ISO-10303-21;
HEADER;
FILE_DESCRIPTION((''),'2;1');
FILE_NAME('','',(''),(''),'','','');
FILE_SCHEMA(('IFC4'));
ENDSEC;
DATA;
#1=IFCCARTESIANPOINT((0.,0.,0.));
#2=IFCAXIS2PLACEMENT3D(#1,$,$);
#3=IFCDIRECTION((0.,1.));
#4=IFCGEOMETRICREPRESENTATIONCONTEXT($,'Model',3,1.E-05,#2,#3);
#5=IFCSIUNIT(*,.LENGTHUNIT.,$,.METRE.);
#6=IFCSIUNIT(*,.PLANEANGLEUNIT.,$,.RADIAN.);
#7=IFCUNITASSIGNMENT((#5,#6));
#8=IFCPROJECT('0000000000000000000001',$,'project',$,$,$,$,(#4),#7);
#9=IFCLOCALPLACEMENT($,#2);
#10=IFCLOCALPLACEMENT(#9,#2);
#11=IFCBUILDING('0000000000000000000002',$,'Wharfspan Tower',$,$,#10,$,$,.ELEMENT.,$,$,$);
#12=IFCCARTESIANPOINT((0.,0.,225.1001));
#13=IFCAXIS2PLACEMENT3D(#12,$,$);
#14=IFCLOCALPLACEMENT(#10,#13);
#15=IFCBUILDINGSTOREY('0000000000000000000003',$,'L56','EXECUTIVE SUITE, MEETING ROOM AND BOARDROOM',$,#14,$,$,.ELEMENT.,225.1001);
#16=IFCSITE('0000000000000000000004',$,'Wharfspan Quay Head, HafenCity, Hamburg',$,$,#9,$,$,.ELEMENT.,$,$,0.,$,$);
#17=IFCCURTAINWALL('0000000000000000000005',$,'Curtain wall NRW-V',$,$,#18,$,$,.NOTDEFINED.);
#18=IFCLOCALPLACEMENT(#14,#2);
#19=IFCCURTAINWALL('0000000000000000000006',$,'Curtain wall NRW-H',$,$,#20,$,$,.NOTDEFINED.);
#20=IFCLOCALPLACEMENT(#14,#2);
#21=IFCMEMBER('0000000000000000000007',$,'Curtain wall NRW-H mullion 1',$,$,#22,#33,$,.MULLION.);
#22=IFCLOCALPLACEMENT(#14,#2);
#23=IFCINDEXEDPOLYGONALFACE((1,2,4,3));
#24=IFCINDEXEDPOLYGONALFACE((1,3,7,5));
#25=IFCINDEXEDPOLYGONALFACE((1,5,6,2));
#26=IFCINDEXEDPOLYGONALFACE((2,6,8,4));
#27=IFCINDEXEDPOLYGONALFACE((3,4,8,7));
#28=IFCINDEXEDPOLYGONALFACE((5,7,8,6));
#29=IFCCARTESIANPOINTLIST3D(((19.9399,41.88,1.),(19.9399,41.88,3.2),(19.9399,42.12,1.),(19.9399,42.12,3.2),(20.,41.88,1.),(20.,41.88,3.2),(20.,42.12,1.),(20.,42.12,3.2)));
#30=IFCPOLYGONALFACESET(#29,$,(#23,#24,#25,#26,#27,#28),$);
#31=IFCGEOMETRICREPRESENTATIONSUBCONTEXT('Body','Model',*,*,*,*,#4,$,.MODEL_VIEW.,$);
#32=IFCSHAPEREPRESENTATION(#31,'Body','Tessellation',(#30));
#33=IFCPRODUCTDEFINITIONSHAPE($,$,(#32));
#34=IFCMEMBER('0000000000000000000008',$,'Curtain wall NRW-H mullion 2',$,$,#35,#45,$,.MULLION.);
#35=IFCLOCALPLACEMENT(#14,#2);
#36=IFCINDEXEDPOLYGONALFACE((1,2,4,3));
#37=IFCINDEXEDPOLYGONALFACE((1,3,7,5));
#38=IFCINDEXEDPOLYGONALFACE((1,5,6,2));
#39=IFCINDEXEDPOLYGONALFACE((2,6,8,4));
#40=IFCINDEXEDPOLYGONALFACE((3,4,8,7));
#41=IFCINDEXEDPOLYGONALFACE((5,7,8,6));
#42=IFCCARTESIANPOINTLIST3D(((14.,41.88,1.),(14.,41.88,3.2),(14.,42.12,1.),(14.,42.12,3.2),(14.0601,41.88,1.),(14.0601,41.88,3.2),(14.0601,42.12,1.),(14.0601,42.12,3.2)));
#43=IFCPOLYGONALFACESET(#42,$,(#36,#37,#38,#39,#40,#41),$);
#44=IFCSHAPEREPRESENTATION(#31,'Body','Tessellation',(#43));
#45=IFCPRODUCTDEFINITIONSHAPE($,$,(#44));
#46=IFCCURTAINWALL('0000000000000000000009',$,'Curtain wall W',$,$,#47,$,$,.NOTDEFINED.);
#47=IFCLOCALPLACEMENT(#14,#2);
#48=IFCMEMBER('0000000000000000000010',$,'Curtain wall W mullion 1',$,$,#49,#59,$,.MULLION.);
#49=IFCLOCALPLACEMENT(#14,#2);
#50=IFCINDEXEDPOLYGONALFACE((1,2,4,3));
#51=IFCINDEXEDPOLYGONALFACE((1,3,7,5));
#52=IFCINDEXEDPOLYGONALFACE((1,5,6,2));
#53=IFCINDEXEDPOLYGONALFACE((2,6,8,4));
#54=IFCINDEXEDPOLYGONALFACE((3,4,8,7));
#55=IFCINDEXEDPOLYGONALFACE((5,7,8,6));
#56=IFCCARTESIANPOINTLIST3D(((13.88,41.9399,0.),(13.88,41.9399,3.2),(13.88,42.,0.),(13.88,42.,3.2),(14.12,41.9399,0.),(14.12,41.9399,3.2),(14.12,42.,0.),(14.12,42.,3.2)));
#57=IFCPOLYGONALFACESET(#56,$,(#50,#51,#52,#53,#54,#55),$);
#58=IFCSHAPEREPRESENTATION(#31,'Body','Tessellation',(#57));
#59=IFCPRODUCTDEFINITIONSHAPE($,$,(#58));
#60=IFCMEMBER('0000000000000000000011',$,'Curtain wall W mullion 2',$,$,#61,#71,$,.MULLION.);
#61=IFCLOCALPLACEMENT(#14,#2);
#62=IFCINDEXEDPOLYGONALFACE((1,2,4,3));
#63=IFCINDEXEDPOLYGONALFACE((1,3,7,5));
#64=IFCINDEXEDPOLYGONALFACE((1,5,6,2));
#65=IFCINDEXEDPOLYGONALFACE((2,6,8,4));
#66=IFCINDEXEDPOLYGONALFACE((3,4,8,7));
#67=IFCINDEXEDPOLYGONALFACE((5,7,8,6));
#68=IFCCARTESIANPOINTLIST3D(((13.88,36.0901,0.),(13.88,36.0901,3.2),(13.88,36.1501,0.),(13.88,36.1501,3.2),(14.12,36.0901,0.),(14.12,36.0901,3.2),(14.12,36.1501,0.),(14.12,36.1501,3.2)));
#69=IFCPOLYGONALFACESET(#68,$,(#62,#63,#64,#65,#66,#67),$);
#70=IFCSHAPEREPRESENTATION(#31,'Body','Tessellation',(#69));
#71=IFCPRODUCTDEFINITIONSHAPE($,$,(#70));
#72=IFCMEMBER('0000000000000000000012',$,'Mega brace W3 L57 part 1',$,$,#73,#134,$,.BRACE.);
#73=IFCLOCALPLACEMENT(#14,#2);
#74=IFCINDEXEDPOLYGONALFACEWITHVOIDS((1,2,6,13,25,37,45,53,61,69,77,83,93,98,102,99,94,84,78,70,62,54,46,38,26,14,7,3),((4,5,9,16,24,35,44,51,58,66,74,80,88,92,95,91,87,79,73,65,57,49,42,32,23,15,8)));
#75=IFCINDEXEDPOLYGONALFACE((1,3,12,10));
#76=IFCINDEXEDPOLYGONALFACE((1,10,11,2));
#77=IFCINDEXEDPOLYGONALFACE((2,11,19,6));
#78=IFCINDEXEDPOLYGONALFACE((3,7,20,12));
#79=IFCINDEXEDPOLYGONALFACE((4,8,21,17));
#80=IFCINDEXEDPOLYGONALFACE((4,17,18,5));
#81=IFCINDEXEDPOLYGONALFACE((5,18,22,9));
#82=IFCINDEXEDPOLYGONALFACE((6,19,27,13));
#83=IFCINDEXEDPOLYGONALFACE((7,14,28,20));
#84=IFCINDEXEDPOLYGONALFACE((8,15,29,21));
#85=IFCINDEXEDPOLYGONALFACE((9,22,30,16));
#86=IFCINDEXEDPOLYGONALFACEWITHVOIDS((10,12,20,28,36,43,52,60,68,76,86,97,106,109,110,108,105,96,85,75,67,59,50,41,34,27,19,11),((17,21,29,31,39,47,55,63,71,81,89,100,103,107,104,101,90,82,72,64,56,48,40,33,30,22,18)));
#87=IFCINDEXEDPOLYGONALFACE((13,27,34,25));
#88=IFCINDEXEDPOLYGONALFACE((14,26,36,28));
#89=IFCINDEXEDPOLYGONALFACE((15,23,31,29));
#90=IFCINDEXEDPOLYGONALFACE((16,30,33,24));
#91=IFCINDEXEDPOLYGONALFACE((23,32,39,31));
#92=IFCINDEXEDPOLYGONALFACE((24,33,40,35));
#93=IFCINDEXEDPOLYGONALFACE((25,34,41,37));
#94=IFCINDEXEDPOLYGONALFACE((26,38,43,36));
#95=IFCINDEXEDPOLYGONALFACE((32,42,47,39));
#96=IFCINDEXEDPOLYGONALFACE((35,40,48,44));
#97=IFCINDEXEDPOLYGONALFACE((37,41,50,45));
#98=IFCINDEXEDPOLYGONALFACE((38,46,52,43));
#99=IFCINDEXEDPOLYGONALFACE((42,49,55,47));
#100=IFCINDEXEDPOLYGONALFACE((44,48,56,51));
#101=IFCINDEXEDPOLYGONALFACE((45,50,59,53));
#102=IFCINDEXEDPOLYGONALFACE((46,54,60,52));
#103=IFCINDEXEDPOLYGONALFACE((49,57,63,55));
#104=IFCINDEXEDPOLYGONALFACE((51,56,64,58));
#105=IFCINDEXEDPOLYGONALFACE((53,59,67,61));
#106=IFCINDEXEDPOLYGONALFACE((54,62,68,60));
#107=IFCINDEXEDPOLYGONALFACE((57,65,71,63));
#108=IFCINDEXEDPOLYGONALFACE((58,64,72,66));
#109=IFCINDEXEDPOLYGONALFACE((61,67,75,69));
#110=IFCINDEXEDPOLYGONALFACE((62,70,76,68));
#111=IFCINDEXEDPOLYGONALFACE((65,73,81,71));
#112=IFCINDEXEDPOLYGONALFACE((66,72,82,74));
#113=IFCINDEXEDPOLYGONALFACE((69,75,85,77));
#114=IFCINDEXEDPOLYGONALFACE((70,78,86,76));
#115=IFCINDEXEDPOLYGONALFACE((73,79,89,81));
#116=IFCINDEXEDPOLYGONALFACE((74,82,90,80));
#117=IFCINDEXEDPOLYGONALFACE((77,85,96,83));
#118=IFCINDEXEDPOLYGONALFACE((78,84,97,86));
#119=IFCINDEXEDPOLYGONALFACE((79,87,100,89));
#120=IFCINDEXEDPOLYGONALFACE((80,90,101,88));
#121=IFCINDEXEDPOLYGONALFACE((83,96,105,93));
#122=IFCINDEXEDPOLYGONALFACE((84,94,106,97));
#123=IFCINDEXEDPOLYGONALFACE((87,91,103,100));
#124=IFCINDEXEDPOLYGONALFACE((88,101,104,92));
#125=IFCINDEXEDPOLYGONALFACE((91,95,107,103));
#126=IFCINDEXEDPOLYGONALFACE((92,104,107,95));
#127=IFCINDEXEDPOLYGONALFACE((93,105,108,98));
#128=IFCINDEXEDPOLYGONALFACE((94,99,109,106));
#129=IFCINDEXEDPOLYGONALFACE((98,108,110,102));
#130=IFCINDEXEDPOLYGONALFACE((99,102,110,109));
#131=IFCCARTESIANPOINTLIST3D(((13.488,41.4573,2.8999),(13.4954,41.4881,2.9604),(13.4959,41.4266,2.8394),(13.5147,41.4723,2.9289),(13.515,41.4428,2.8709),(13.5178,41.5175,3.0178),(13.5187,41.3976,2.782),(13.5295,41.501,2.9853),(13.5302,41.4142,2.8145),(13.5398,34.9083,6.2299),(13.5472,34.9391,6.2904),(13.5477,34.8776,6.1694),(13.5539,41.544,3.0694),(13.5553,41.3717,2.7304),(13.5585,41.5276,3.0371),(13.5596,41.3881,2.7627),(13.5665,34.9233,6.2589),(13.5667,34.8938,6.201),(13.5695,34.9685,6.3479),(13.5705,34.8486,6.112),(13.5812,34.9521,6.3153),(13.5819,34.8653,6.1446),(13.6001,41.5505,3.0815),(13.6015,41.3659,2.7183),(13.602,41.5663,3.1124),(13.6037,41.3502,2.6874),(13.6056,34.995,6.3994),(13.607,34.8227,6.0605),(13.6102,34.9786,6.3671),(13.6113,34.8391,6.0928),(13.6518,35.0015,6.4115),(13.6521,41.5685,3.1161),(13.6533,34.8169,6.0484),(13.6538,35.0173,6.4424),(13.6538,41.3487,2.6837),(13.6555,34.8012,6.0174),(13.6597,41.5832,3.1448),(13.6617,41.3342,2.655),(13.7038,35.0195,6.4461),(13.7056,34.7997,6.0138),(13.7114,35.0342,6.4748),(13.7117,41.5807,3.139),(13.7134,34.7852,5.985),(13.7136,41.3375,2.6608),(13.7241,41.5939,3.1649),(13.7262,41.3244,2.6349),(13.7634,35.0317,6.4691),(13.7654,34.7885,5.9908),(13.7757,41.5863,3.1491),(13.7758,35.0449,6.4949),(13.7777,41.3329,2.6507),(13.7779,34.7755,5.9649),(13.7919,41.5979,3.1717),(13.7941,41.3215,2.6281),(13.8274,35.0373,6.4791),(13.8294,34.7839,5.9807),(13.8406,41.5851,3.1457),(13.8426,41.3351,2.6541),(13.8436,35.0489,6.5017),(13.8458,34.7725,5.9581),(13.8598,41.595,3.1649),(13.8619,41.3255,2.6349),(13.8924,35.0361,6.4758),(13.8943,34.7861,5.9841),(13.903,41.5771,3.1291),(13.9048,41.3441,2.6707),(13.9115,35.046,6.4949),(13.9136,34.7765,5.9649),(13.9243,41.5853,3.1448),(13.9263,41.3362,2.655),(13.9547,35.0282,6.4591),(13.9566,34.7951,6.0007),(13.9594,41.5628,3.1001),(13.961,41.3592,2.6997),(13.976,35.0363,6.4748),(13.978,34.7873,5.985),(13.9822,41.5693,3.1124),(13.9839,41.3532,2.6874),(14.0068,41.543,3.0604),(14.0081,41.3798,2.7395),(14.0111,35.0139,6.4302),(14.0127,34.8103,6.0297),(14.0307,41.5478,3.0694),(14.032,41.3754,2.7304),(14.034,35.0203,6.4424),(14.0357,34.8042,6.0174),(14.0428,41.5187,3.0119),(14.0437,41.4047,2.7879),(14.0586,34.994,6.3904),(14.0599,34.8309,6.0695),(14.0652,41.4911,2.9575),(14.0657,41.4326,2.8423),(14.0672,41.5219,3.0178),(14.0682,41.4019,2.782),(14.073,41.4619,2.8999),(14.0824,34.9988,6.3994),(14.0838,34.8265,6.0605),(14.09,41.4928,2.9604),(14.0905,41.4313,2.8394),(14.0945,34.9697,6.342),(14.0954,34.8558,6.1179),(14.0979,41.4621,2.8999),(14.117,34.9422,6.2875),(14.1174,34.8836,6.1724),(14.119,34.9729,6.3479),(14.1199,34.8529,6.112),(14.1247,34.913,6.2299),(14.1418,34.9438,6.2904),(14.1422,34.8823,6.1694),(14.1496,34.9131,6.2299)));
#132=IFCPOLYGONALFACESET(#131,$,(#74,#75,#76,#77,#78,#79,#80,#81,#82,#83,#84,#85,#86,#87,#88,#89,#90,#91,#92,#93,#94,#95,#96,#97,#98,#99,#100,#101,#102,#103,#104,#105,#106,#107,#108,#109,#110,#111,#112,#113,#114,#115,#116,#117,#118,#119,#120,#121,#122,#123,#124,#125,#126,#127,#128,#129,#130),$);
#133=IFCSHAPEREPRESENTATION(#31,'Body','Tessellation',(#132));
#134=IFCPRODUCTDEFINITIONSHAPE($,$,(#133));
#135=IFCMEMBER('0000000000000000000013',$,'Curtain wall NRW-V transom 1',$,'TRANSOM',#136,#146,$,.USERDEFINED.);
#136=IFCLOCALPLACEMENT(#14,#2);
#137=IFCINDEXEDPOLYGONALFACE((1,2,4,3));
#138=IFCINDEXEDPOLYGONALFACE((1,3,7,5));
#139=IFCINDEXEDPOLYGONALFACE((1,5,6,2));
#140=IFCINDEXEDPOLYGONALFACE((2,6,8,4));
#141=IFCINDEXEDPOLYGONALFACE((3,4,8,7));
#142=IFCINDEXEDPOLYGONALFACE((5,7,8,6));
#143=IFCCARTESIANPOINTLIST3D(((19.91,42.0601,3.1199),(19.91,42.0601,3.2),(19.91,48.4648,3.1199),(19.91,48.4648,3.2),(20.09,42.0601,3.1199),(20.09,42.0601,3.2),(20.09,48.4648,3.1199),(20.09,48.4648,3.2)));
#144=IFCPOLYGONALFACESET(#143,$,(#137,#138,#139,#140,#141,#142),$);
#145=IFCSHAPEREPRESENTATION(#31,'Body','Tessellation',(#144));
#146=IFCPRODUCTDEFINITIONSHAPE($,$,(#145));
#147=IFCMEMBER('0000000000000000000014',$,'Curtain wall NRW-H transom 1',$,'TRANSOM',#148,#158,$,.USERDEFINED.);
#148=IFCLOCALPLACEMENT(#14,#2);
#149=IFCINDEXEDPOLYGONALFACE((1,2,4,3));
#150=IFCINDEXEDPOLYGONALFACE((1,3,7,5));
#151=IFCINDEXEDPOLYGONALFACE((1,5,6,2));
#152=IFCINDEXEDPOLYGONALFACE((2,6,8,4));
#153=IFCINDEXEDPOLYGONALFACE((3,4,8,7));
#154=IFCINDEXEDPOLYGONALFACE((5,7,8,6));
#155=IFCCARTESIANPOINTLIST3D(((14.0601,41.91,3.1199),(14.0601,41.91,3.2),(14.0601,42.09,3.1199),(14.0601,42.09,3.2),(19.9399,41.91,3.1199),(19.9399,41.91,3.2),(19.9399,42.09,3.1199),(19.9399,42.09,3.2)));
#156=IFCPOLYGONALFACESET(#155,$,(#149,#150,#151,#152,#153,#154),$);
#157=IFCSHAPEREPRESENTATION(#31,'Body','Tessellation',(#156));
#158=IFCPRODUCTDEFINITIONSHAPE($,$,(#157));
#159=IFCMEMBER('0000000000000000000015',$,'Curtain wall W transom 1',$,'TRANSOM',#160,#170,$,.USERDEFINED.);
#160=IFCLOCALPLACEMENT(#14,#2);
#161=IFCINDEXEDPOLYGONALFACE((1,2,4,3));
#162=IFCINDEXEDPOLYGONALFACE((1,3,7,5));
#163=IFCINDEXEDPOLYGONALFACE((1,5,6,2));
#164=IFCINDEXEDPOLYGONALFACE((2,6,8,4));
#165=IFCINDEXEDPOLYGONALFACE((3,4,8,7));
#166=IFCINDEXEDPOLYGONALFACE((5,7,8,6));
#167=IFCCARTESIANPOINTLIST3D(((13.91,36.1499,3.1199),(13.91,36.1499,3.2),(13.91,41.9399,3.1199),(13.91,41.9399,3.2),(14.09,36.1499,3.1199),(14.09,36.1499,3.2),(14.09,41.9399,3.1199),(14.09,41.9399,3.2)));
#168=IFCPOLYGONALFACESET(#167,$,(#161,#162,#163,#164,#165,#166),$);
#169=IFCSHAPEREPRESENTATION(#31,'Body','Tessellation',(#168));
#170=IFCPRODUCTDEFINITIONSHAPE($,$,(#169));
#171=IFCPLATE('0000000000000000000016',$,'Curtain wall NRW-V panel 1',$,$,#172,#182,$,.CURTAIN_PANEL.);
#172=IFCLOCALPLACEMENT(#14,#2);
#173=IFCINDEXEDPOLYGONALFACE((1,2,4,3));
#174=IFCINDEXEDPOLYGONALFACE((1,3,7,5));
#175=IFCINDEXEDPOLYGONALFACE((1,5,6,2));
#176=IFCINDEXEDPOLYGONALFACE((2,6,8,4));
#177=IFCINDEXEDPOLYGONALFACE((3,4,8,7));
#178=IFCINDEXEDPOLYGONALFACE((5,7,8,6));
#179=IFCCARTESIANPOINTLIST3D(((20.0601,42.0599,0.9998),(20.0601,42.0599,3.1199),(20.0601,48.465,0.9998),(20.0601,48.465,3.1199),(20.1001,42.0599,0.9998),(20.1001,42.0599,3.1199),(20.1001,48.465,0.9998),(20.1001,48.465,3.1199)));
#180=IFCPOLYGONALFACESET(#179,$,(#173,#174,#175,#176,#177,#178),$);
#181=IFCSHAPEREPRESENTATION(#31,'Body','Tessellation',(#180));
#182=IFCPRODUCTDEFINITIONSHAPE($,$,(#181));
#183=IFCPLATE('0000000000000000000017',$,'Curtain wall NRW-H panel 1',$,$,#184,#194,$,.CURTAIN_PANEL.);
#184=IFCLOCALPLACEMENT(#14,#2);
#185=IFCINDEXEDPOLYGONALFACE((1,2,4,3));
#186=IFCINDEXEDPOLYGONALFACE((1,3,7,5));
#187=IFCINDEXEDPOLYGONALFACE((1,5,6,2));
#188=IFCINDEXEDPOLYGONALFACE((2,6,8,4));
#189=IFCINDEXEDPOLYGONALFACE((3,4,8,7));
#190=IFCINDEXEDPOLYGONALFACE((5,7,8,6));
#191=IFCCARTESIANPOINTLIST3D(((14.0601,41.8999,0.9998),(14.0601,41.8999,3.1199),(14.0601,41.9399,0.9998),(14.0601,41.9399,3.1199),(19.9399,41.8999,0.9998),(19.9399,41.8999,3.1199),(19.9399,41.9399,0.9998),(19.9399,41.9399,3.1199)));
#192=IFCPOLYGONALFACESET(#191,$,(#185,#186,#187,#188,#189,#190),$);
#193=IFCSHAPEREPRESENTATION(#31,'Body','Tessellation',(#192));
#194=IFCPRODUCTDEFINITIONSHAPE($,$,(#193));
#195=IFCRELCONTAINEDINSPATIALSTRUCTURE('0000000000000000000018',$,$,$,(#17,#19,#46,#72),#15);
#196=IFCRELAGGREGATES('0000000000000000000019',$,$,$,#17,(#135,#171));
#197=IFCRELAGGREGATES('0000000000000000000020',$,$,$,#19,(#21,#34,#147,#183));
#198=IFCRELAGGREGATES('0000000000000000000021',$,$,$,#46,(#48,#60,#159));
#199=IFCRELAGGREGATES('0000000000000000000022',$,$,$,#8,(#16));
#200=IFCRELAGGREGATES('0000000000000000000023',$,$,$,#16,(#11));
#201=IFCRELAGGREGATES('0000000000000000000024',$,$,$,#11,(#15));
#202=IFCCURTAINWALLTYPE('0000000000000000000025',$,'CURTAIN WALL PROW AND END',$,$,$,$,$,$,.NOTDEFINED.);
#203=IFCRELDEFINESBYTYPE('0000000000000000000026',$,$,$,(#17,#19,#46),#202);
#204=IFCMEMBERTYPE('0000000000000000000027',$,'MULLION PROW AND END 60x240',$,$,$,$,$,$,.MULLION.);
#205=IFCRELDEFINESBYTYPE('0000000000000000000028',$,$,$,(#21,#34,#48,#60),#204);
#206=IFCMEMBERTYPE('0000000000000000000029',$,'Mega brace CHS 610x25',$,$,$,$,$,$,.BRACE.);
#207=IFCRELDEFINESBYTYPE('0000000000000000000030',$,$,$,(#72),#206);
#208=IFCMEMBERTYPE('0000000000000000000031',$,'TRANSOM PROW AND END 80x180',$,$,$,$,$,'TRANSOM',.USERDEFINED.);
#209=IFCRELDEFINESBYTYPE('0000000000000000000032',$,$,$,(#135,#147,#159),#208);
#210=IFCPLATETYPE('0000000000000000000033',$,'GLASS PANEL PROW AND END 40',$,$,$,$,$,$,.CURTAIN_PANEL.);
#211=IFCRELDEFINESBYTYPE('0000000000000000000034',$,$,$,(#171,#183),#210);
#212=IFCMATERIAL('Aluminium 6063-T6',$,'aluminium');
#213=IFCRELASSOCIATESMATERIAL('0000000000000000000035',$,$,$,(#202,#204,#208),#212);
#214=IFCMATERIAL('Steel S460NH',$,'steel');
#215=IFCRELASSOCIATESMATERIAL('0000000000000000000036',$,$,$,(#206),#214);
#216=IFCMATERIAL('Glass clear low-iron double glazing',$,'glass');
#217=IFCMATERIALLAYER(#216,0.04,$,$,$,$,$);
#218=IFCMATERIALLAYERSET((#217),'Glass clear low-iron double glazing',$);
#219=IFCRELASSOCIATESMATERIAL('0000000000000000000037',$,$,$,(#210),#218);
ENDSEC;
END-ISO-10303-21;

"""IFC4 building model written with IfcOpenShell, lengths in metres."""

from ifc_helpers import new_model, si_unit, direction, frame, origin, origin_2d, place, context, subcontext, project, spatial, rectangle, hollow_circle, extrude, material, layer, layer_set, material_profile, profile_set, type_object, element, aggregate, save


model = new_model("IFC4")

# Units and contexts
model_context = context("Model", 3, precision=1e-05, world=origin(), true_north=direction((0.0, 1.0)))
body_context = subcontext(model_context, "Body", "Model", "MODEL_VIEW")
ifc_project = project(units=[si_unit("LENGTHUNIT", "METRE"), si_unit("PLANEANGLEUNIT", "RADIAN")], contexts=[model_context])

# Site, building, storey
site_placement = place(None, origin())
site = spatial("IfcSite", under=ifc_project, at=site_placement, Name="Wharfspan Quay Head, HafenCity, Hamburg", CompositionType="ELEMENT", RefElevation=0.0)
building_placement = place(site_placement, origin())
building = spatial("IfcBuilding", under=site, at=building_placement, Name="Wharfspan Tower", CompositionType="ELEMENT")
storey_placement = place(building_placement, frame((0.0, 0.0, 225.1001)))
storey = spatial("IfcBuildingStorey", under=building, at=storey_placement, Name="L56", Description="EXECUTIVE SUITE, MEETING ROOM AND BOARDROOM", CompositionType="ELEMENT", Elevation=225.1001)

# Curtain walls, members
ifc_material_1 = material(Name="Aluminium 6063-T6", Category="aluminium")
curtain_wall_type = type_object("IfcCurtainWallType", Name="CURTAIN WALL PROW AND END", PredefinedType="NOTDEFINED", material=ifc_material_1)
curtain_wall_1_placement = place(storey_placement, origin())
curtain_wall_1 = element("IfcCurtainWall", 1, at=curtain_wall_1_placement, inside=storey, type_object=curtain_wall_type, Name="Curtain wall NRW-V", PredefinedType="NOTDEFINED")
ifc_material_profile_1 = material_profile(ifc_material_1, rectangle(XDim=0.24, YDim=0.0601, at=origin_2d()))
ifc_profile_set_1 = profile_set([ifc_material_profile_1], Name="Aluminium 6063-T6")
member_type_1 = type_object("IfcMemberType", Name="MULLION PROW AND END 60x240", PredefinedType="MULLION", material=ifc_profile_set_1)
curtain_wall_2_placement = place(storey_placement, origin())
curtain_wall_2 = element("IfcCurtainWall", 2, at=curtain_wall_2_placement, inside=storey, type_object=curtain_wall_type, Name="Curtain wall NRW-H", PredefinedType="NOTDEFINED")
member_1_placement = place(storey_placement, frame((19.97, 42.0, 1.0), z_axis=(0.0, 0.0, 1.0), x_axis=(0.0, -1.0, 0.0)))
member_1 = element("IfcMember", 3, at=member_1_placement, type_object=member_type_1, Name="Curtain wall NRW-H mullion 1", PredefinedType="MULLION", context=body_context, shape_type="SweptSolid", body=[
    extrude(rectangle(XDim=0.24, YDim=0.0601, at=origin_2d()), origin(), (0.0, 0.0, 1.0), 2.2),
])
member_2_placement = place(storey_placement, frame((14.03, 42.0, 1.0), z_axis=(0.0, 0.0, 1.0), x_axis=(0.0, -1.0, 0.0)))
member_2 = element("IfcMember", 4, at=member_2_placement, type_object=member_type_1, Name="Curtain wall NRW-H mullion 2", PredefinedType="MULLION", context=body_context, shape_type="SweptSolid", body=[
    extrude(rectangle(XDim=0.24, YDim=0.0601, at=origin_2d()), origin(), (0.0, 0.0, 1.0), 2.2),
])
curtain_wall_3_placement = place(storey_placement, origin())
curtain_wall_3 = element("IfcCurtainWall", 5, at=curtain_wall_3_placement, inside=storey, type_object=curtain_wall_type, Name="Curtain wall W", PredefinedType="NOTDEFINED")
member_3_placement = place(storey_placement, frame((14.0, 41.97, 0.0), z_axis=(0.0, 0.0, 1.0), x_axis=(1.0, 0.0, 0.0)))
member_3 = element("IfcMember", 6, at=member_3_placement, type_object=member_type_1, Name="Curtain wall W mullion 1", PredefinedType="MULLION", context=body_context, shape_type="SweptSolid", body=[
    extrude(rectangle(XDim=0.24, YDim=0.0601, at=origin_2d()), origin(), (0.0, 0.0, 1.0), 3.2),
])
member_4_placement = place(storey_placement, frame((14.0, 36.1201, 0.0), z_axis=(0.0, 0.0, 1.0), x_axis=(1.0, 0.0, 0.0)))
member_4 = element("IfcMember", 7, at=member_4_placement, type_object=member_type_1, Name="Curtain wall W mullion 2", PredefinedType="MULLION", context=body_context, shape_type="SweptSolid", body=[
    extrude(rectangle(XDim=0.24, YDim=0.0601, at=origin_2d()), origin(), (0.0, 0.0, 1.0), 3.2),
])

# Members
ifc_material_2 = material(Name="Steel S460NH", Category="steel")
ifc_material_profile_2 = material_profile(ifc_material_2, hollow_circle(Radius=0.3049, WallThickness=0.0249, at=origin_2d()))
ifc_profile_set_2 = profile_set([ifc_material_profile_2], Name="Steel S460NH")
member_type_2 = type_object("IfcMemberType", Name="Mega brace CHS 610x25", PredefinedType="BRACE", material=ifc_profile_set_2)
member_5_placement = place(storey_placement, frame((13.793, 41.4597, 2.8999), z_axis=(0.007044, -0.891361, 0.45324), x_axis=(0.999973, 0.007904, 0.000003)))
element("IfcMember", 8, at=member_5_placement, inside=storey, type_object=member_type_2, Name="Mega brace W3 L57 part 1", PredefinedType="BRACE", context=body_context, shape_type="SweptSolid", body=[
    extrude(hollow_circle(Radius=0.3049, WallThickness=0.0249, at=origin_2d()), origin(), (0.0, 0.0, 1.0), 7.3472),
])
ifc_material_profile_3 = material_profile(ifc_material_1, rectangle(XDim=0.1799, YDim=0.0801, at=origin_2d()))
ifc_profile_set_3 = profile_set([ifc_material_profile_3], Name="Aluminium 6063-T6")
member_type_3 = type_object("IfcMemberType", Name="TRANSOM PROW AND END 80x180", ElementType="TRANSOM", PredefinedType="USERDEFINED", material=ifc_profile_set_3)
member_6_placement = place(storey_placement, frame((20.0, 48.4648, 3.1599), z_axis=(0.0, -1.0, 0.0), x_axis=(1.0, 0.0, 0.0)))
member_6 = element("IfcMember", 9, at=member_6_placement, type_object=member_type_3, Name="Curtain wall NRW-V transom 1", ObjectType="TRANSOM", PredefinedType="USERDEFINED", context=body_context, shape_type="SweptSolid", body=[
    extrude(rectangle(XDim=0.1799, YDim=0.0801, at=origin_2d()), origin(), (0.0, 0.0, 1.0), 6.4048),
])
member_7_placement = place(storey_placement, frame((19.9399, 42.0, 3.1599), z_axis=(-1.0, 0.0, 0.0), x_axis=(0.0, -1.0, 0.0)))
member_7 = element("IfcMember", 10, at=member_7_placement, type_object=member_type_3, Name="Curtain wall NRW-H transom 1", ObjectType="TRANSOM", PredefinedType="USERDEFINED", context=body_context, shape_type="SweptSolid", body=[
    extrude(rectangle(XDim=0.1799, YDim=0.0801, at=origin_2d()), origin(), (0.0, 0.0, 1.0), 5.8799),
])
member_8_placement = place(storey_placement, frame((14.0, 41.9399, 3.1599), z_axis=(0.0, -1.0, 0.0), x_axis=(1.0, 0.0, 0.0)))
member_8 = element("IfcMember", 11, at=member_8_placement, type_object=member_type_3, Name="Curtain wall W transom 1", ObjectType="TRANSOM", PredefinedType="USERDEFINED", context=body_context, shape_type="SweptSolid", body=[
    extrude(rectangle(XDim=0.1799, YDim=0.0801, at=origin_2d()), origin(), (0.0, 0.0, 1.0), 5.79),
])

# Plates
ifc_material_3 = material(Name="Glass clear low-iron double glazing", Category="glass")
ifc_layer_1 = layer(ifc_material_3, 0.04)
ifc_layer_set_1 = layer_set([ifc_layer_1], Name="Glass clear low-iron double glazing")
plate_type_1 = type_object("IfcPlateType", Name="GLASS PANEL PROW AND END 40", PredefinedType="CURTAIN_PANEL", material=ifc_layer_set_1)
plate_1_placement = place(storey_placement, frame((20.0801, 45.2625, 0.9998), z_axis=(0.0, 0.0, 1.0), x_axis=(0.0, -1.0, 0.0)))
plate_1 = element("IfcPlate", 12, at=plate_1_placement, type_object=plate_type_1, Name="Curtain wall NRW-V panel 1", PredefinedType="CURTAIN_PANEL", context=body_context, shape_type="SweptSolid", body=[
    extrude(rectangle(XDim=6.405, YDim=0.04, at=origin_2d()), origin(), (0.0, 0.0, 1.0), 2.1201),
])
aggregate(curtain_wall_1, [member_6, plate_1])
plate_2_placement = place(storey_placement, frame((17.0, 41.9199, 0.9998), z_axis=(0.0, 0.0, 1.0), x_axis=(-1.0, 0.0, 0.0)))
plate_2 = element("IfcPlate", 13, at=plate_2_placement, type_object=plate_type_1, Name="Curtain wall NRW-H panel 1", PredefinedType="CURTAIN_PANEL", context=body_context, shape_type="SweptSolid", body=[
    extrude(rectangle(XDim=5.8799, YDim=0.04, at=origin_2d()), origin(), (0.0, 0.0, 1.0), 2.1201),
])
aggregate(curtain_wall_2, [member_1, member_2, member_7, plate_2])
aggregate(curtain_wall_3, [member_3, member_4, member_8])

save(model, "model.ifc")
